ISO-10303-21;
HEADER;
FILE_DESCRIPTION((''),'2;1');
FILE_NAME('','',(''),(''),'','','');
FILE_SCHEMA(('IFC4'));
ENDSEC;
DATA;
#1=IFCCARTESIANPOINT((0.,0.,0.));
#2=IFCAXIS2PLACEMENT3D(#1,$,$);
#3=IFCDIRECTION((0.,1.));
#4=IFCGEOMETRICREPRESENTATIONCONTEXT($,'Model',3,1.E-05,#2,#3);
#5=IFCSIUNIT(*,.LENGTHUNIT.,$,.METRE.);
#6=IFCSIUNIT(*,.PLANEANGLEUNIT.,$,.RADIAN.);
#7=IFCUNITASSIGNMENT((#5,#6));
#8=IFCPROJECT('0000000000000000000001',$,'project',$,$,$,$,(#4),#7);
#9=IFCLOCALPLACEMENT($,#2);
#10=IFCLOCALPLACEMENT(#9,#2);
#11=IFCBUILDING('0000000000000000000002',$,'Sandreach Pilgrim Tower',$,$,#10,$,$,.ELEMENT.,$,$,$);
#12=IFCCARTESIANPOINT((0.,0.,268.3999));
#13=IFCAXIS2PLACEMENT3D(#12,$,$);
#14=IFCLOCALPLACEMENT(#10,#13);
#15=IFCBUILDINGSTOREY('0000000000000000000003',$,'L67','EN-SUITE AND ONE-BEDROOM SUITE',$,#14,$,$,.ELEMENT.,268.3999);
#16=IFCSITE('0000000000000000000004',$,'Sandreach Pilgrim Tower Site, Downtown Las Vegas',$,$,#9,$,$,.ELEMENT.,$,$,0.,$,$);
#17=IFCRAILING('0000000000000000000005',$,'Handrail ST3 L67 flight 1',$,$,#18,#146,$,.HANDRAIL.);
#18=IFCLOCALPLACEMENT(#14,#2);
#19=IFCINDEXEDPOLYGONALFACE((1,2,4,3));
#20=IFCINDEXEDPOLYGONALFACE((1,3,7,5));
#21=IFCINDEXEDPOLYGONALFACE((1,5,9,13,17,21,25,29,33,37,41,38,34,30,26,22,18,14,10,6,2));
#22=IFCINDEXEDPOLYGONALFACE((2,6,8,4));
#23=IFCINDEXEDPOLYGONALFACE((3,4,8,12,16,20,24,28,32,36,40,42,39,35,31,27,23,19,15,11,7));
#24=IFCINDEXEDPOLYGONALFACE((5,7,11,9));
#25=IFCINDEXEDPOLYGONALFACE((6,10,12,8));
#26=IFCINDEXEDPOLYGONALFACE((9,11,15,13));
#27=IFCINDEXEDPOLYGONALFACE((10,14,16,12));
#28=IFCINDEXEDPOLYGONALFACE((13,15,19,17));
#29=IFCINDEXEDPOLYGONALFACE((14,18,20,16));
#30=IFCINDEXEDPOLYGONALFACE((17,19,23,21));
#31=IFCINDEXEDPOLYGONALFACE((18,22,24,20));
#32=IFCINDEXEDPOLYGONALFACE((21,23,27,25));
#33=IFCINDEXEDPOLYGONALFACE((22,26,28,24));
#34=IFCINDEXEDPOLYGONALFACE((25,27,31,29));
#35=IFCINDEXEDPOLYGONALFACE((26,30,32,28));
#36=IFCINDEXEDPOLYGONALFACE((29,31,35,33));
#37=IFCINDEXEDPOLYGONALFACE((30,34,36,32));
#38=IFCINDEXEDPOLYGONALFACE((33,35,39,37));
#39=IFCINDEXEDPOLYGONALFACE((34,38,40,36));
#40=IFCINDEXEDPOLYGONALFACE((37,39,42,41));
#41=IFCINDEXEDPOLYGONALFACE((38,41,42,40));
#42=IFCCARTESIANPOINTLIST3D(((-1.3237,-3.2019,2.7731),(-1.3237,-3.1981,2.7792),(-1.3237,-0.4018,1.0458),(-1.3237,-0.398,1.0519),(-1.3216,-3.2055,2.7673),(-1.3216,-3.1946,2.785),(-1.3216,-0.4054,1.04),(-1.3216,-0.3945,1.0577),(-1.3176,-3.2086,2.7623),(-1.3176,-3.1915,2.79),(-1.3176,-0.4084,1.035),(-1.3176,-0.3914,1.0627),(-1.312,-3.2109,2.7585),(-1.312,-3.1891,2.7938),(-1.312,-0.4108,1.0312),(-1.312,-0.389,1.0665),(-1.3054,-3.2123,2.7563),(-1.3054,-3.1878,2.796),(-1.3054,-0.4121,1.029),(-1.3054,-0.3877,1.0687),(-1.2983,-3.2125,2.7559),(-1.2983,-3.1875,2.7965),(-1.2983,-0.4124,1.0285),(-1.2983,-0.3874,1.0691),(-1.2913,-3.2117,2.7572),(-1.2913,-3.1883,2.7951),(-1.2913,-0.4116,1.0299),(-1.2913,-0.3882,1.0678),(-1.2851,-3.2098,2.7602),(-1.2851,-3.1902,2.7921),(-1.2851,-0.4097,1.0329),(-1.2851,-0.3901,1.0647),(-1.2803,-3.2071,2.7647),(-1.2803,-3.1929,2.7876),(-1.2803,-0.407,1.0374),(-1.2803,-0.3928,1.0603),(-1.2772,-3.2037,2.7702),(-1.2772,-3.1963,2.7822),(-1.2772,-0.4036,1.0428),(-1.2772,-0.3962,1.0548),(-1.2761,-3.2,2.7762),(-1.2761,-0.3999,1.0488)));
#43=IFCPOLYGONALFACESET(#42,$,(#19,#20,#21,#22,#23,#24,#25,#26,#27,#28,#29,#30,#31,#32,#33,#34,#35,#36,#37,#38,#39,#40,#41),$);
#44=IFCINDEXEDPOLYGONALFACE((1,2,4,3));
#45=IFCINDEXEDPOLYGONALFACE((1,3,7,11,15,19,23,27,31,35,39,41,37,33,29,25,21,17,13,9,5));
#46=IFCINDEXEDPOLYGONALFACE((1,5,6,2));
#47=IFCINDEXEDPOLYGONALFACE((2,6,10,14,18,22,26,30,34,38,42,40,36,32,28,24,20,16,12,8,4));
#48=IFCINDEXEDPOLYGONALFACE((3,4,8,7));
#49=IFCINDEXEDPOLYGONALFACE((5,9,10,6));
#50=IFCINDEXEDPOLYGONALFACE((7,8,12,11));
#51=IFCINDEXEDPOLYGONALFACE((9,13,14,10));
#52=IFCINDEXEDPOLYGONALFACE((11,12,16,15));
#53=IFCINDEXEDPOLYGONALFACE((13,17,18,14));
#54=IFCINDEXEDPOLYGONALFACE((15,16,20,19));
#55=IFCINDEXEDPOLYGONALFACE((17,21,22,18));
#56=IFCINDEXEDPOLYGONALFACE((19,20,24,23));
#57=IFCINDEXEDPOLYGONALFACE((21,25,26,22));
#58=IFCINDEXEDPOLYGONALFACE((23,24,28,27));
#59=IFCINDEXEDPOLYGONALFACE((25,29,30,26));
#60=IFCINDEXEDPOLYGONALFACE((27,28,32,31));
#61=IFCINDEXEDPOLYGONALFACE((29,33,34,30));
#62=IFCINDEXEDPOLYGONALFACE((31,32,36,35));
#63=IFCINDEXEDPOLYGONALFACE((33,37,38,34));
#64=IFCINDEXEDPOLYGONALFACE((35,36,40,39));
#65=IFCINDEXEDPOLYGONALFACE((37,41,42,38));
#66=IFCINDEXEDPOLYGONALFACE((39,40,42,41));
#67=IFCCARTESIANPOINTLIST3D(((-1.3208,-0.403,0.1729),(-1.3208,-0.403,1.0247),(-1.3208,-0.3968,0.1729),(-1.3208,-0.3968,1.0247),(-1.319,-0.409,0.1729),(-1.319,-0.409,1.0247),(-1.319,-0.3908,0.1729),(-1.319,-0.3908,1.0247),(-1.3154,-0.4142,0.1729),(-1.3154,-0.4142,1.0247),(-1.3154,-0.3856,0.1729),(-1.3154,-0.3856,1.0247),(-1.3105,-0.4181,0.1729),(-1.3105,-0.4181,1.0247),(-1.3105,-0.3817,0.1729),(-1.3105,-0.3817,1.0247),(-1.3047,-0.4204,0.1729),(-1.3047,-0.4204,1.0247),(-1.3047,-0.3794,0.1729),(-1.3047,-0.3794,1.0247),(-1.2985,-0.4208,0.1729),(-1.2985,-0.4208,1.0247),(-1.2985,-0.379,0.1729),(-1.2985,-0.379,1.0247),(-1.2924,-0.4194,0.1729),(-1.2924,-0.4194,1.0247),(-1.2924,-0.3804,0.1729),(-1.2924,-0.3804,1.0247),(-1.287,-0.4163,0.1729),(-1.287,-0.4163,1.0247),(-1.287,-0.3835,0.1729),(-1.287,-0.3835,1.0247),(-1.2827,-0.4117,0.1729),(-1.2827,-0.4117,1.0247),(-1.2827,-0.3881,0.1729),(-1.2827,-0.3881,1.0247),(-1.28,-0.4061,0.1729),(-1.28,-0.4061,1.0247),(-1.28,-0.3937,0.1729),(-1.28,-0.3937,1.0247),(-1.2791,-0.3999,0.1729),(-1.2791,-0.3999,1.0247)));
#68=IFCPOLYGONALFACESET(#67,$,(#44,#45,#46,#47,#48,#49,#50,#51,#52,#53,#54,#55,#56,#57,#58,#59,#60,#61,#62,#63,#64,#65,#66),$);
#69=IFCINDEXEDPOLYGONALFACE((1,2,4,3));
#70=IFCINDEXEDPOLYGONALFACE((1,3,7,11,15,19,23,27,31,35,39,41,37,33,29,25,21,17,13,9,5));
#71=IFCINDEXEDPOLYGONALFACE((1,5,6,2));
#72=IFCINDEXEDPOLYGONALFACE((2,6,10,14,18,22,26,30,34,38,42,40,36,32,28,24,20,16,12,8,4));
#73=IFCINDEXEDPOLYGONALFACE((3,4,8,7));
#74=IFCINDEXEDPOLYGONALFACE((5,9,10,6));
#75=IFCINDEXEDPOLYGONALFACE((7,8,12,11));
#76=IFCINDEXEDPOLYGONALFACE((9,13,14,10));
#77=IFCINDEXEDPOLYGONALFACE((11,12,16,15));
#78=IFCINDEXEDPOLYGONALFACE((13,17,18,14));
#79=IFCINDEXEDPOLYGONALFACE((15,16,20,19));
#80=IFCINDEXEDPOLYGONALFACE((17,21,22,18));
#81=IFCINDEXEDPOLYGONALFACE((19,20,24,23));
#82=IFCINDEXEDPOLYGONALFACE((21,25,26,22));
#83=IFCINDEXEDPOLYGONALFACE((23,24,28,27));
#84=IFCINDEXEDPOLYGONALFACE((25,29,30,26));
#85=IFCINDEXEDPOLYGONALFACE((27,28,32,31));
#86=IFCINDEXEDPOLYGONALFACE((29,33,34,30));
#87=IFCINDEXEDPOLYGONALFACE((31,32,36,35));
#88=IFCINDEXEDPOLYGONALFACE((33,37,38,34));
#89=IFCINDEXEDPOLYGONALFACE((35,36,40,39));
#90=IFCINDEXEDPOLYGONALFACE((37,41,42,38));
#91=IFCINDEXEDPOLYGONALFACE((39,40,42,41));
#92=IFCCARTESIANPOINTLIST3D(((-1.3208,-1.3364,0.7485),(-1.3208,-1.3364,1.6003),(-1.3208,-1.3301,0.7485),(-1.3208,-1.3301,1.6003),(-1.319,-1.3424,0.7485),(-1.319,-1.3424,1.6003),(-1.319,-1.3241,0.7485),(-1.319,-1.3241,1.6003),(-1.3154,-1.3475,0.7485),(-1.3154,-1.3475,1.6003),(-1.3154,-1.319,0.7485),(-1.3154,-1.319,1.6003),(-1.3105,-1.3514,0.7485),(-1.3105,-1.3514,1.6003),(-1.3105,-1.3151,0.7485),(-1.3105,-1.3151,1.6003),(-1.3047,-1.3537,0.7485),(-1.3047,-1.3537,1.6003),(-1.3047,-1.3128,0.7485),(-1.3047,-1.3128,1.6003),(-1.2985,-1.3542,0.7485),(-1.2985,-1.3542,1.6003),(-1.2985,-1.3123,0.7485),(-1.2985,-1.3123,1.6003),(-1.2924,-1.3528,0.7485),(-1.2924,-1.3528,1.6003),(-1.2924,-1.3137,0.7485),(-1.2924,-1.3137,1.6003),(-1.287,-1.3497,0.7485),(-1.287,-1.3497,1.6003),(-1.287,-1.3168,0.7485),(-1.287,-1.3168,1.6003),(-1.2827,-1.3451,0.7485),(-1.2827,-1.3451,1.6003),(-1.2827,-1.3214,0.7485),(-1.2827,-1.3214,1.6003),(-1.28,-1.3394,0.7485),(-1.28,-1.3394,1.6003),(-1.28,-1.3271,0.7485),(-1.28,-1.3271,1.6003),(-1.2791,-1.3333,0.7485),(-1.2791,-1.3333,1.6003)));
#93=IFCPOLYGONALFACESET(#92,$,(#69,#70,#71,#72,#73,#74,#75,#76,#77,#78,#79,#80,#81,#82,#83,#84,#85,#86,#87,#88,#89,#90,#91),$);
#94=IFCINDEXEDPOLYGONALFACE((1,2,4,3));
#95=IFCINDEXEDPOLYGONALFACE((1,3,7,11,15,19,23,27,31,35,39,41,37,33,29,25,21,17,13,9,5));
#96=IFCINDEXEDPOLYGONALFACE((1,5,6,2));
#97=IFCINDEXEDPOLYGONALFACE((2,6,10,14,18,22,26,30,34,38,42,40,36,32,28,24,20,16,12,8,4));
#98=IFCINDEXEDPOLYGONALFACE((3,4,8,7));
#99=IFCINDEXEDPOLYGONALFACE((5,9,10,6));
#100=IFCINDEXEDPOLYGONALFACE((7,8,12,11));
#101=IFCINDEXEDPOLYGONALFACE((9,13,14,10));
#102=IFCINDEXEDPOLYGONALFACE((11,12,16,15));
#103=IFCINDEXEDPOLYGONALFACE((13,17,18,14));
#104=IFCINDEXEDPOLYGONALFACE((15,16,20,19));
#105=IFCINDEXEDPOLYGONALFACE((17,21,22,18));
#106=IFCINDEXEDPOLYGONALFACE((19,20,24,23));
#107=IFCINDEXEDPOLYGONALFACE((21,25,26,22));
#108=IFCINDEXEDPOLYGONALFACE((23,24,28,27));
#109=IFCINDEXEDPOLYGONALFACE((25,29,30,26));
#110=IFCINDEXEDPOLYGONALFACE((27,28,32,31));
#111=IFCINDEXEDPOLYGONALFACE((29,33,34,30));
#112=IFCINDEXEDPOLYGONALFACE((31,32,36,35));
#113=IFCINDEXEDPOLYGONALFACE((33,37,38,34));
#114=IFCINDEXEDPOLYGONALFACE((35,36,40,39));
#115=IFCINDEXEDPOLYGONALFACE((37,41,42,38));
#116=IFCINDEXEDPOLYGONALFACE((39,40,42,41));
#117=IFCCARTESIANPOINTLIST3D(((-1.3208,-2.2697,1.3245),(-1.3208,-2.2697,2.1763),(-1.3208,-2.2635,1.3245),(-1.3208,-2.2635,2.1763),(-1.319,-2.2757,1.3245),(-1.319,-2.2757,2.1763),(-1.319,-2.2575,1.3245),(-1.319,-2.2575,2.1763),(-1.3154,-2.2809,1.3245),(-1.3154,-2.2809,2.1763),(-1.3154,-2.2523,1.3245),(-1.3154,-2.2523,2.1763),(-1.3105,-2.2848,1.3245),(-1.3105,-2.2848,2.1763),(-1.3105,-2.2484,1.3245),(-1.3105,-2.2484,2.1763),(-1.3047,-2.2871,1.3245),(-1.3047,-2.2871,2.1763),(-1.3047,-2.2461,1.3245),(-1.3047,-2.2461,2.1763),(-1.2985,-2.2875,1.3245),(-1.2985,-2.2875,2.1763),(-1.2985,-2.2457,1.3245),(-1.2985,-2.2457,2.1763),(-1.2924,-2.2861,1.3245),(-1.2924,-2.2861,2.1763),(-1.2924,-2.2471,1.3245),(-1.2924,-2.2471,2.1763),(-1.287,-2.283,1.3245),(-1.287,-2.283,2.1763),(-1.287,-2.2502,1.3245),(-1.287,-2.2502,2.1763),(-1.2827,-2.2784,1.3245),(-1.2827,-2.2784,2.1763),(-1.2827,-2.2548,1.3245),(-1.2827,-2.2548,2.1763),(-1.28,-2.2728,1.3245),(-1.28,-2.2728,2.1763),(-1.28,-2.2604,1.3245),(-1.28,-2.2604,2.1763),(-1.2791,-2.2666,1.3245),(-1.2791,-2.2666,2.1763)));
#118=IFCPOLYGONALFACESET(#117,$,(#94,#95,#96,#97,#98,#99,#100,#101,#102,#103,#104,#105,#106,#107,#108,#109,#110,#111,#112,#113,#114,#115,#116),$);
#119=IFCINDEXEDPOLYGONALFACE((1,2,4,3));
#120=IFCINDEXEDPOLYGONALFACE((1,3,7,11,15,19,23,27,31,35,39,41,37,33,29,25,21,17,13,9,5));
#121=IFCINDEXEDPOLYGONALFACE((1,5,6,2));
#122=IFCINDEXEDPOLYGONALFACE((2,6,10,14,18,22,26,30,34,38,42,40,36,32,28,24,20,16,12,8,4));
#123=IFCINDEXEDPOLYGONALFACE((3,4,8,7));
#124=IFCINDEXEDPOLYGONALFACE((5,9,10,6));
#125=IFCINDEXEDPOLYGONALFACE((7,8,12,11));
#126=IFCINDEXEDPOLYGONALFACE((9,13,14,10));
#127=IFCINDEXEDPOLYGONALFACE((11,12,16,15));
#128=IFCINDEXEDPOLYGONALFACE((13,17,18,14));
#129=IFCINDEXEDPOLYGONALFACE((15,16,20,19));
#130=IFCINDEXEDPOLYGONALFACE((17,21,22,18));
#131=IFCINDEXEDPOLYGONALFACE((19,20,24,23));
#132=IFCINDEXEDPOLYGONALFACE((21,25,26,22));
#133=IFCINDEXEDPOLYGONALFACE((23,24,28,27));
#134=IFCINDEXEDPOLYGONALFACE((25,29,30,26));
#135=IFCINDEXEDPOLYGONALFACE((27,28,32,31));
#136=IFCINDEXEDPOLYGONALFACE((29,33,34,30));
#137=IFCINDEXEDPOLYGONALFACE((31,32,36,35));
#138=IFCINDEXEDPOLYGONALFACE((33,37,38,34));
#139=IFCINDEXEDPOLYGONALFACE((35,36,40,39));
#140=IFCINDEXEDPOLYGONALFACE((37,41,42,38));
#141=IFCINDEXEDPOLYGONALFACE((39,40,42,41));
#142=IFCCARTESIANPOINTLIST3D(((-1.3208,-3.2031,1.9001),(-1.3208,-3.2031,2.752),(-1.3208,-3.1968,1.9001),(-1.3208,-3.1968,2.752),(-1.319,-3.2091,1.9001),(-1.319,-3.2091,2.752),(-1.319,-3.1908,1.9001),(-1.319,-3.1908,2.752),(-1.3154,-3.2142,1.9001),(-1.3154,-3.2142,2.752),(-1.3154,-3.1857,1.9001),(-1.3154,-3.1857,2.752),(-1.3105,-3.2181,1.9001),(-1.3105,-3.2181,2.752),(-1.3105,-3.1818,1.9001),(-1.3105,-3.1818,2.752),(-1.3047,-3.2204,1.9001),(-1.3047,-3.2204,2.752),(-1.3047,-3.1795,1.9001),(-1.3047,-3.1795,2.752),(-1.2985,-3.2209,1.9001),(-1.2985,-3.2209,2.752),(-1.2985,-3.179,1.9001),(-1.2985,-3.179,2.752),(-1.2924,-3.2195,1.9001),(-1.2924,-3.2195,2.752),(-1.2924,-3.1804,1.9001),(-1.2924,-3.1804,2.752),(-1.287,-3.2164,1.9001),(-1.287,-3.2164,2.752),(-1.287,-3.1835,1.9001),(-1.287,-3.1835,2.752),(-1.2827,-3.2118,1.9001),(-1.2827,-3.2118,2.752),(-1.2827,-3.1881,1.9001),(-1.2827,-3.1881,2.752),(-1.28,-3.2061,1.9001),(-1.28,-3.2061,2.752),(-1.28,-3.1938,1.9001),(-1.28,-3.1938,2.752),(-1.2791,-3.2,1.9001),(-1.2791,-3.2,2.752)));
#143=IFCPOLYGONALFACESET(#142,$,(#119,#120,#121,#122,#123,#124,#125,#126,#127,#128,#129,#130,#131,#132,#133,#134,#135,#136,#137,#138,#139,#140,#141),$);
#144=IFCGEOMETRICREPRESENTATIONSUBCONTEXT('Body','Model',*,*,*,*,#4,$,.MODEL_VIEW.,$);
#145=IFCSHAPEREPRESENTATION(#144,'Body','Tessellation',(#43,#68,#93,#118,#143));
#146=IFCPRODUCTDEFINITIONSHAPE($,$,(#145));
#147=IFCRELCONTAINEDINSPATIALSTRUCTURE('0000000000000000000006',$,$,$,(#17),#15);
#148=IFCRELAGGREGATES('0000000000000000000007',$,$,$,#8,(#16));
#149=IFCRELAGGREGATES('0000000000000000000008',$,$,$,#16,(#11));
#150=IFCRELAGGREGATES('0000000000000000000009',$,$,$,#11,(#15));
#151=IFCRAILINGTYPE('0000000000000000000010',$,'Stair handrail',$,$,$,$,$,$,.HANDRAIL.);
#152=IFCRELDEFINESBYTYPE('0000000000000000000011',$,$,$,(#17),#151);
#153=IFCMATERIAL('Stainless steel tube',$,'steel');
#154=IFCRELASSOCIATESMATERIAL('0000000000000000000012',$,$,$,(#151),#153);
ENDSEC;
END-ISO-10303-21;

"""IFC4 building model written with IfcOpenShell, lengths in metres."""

from ifc_helpers import new_model, si_unit, direction, frame, origin, origin_2d, place, context, subcontext, project, spatial, circle, extrude, material, type_object, element, save


model = new_model("IFC4")

# Units and contexts
model_context = context("Model", 3, precision=1e-05, world=origin(), true_north=direction((0.0, 1.0)))
body_context = subcontext(model_context, "Body", "Model", "MODEL_VIEW")
ifc_project = project(units=[si_unit("LENGTHUNIT", "METRE"), si_unit("PLANEANGLEUNIT", "RADIAN")], contexts=[model_context])

# Site, building, storey
site_placement = place(None, origin())
site = spatial("IfcSite", under=ifc_project, at=site_placement, Name="Sandreach Pilgrim Tower Site, Downtown Las Vegas", CompositionType="ELEMENT", RefElevation=0.0)
building_placement = place(site_placement, origin())
building = spatial("IfcBuilding", under=site, at=building_placement, Name="Sandreach Pilgrim Tower", CompositionType="ELEMENT")
storey_placement = place(building_placement, frame((0.0, 0.0, 268.3999)))
storey = spatial("IfcBuildingStorey", under=building, at=storey_placement, Name="L67", Description="EN-SUITE AND ONE-BEDROOM SUITE", CompositionType="ELEMENT", Elevation=268.3999)

# Railing
ifc_material_1 = material(Name="Stainless steel tube", Category="steel")
railing_type = type_object("IfcRailingType", Name="Stair handrail", PredefinedType="HANDRAIL", material=ifc_material_1)
for number, where, name in (
    (1, (-1.3, -0.3999, 0.1729), "Handrail ST3 L67 flight 1"),
):
    element("IfcRailing", number, at=place(storey_placement, frame(where)), inside=storey, type_object=railing_type, Name=name, PredefinedType="HANDRAIL", context=body_context, shape_type="SweptSolid", body=[
        extrude(circle(Radius=0.0239, at=origin_2d()), frame((0.0, 0.0, 0.876), z_axis=(0.0, -0.85109, 0.52502), x_axis=(1.0, 0.0, 0.0)), (0.0, 0.0, 1.0), 3.29),
        extrude(circle(Radius=0.021, at=origin_2d()), origin(), (0.0, 0.0, 1.0), 0.8518),
        extrude(circle(Radius=0.021, at=origin_2d()), frame((0.0, -0.9333, 0.5757)), (0.0, 0.0, 1.0), 0.8518),
        extrude(circle(Radius=0.021, at=origin_2d()), frame((0.0, -1.8667, 1.1516)), (0.0, 0.0, 1.0), 0.8518),
        extrude(circle(Radius=0.021, at=origin_2d()), frame((0.0, -2.8, 1.7273)), (0.0, 0.0, 1.0), 0.8518),
    ])

save(model, "model.ifc")
